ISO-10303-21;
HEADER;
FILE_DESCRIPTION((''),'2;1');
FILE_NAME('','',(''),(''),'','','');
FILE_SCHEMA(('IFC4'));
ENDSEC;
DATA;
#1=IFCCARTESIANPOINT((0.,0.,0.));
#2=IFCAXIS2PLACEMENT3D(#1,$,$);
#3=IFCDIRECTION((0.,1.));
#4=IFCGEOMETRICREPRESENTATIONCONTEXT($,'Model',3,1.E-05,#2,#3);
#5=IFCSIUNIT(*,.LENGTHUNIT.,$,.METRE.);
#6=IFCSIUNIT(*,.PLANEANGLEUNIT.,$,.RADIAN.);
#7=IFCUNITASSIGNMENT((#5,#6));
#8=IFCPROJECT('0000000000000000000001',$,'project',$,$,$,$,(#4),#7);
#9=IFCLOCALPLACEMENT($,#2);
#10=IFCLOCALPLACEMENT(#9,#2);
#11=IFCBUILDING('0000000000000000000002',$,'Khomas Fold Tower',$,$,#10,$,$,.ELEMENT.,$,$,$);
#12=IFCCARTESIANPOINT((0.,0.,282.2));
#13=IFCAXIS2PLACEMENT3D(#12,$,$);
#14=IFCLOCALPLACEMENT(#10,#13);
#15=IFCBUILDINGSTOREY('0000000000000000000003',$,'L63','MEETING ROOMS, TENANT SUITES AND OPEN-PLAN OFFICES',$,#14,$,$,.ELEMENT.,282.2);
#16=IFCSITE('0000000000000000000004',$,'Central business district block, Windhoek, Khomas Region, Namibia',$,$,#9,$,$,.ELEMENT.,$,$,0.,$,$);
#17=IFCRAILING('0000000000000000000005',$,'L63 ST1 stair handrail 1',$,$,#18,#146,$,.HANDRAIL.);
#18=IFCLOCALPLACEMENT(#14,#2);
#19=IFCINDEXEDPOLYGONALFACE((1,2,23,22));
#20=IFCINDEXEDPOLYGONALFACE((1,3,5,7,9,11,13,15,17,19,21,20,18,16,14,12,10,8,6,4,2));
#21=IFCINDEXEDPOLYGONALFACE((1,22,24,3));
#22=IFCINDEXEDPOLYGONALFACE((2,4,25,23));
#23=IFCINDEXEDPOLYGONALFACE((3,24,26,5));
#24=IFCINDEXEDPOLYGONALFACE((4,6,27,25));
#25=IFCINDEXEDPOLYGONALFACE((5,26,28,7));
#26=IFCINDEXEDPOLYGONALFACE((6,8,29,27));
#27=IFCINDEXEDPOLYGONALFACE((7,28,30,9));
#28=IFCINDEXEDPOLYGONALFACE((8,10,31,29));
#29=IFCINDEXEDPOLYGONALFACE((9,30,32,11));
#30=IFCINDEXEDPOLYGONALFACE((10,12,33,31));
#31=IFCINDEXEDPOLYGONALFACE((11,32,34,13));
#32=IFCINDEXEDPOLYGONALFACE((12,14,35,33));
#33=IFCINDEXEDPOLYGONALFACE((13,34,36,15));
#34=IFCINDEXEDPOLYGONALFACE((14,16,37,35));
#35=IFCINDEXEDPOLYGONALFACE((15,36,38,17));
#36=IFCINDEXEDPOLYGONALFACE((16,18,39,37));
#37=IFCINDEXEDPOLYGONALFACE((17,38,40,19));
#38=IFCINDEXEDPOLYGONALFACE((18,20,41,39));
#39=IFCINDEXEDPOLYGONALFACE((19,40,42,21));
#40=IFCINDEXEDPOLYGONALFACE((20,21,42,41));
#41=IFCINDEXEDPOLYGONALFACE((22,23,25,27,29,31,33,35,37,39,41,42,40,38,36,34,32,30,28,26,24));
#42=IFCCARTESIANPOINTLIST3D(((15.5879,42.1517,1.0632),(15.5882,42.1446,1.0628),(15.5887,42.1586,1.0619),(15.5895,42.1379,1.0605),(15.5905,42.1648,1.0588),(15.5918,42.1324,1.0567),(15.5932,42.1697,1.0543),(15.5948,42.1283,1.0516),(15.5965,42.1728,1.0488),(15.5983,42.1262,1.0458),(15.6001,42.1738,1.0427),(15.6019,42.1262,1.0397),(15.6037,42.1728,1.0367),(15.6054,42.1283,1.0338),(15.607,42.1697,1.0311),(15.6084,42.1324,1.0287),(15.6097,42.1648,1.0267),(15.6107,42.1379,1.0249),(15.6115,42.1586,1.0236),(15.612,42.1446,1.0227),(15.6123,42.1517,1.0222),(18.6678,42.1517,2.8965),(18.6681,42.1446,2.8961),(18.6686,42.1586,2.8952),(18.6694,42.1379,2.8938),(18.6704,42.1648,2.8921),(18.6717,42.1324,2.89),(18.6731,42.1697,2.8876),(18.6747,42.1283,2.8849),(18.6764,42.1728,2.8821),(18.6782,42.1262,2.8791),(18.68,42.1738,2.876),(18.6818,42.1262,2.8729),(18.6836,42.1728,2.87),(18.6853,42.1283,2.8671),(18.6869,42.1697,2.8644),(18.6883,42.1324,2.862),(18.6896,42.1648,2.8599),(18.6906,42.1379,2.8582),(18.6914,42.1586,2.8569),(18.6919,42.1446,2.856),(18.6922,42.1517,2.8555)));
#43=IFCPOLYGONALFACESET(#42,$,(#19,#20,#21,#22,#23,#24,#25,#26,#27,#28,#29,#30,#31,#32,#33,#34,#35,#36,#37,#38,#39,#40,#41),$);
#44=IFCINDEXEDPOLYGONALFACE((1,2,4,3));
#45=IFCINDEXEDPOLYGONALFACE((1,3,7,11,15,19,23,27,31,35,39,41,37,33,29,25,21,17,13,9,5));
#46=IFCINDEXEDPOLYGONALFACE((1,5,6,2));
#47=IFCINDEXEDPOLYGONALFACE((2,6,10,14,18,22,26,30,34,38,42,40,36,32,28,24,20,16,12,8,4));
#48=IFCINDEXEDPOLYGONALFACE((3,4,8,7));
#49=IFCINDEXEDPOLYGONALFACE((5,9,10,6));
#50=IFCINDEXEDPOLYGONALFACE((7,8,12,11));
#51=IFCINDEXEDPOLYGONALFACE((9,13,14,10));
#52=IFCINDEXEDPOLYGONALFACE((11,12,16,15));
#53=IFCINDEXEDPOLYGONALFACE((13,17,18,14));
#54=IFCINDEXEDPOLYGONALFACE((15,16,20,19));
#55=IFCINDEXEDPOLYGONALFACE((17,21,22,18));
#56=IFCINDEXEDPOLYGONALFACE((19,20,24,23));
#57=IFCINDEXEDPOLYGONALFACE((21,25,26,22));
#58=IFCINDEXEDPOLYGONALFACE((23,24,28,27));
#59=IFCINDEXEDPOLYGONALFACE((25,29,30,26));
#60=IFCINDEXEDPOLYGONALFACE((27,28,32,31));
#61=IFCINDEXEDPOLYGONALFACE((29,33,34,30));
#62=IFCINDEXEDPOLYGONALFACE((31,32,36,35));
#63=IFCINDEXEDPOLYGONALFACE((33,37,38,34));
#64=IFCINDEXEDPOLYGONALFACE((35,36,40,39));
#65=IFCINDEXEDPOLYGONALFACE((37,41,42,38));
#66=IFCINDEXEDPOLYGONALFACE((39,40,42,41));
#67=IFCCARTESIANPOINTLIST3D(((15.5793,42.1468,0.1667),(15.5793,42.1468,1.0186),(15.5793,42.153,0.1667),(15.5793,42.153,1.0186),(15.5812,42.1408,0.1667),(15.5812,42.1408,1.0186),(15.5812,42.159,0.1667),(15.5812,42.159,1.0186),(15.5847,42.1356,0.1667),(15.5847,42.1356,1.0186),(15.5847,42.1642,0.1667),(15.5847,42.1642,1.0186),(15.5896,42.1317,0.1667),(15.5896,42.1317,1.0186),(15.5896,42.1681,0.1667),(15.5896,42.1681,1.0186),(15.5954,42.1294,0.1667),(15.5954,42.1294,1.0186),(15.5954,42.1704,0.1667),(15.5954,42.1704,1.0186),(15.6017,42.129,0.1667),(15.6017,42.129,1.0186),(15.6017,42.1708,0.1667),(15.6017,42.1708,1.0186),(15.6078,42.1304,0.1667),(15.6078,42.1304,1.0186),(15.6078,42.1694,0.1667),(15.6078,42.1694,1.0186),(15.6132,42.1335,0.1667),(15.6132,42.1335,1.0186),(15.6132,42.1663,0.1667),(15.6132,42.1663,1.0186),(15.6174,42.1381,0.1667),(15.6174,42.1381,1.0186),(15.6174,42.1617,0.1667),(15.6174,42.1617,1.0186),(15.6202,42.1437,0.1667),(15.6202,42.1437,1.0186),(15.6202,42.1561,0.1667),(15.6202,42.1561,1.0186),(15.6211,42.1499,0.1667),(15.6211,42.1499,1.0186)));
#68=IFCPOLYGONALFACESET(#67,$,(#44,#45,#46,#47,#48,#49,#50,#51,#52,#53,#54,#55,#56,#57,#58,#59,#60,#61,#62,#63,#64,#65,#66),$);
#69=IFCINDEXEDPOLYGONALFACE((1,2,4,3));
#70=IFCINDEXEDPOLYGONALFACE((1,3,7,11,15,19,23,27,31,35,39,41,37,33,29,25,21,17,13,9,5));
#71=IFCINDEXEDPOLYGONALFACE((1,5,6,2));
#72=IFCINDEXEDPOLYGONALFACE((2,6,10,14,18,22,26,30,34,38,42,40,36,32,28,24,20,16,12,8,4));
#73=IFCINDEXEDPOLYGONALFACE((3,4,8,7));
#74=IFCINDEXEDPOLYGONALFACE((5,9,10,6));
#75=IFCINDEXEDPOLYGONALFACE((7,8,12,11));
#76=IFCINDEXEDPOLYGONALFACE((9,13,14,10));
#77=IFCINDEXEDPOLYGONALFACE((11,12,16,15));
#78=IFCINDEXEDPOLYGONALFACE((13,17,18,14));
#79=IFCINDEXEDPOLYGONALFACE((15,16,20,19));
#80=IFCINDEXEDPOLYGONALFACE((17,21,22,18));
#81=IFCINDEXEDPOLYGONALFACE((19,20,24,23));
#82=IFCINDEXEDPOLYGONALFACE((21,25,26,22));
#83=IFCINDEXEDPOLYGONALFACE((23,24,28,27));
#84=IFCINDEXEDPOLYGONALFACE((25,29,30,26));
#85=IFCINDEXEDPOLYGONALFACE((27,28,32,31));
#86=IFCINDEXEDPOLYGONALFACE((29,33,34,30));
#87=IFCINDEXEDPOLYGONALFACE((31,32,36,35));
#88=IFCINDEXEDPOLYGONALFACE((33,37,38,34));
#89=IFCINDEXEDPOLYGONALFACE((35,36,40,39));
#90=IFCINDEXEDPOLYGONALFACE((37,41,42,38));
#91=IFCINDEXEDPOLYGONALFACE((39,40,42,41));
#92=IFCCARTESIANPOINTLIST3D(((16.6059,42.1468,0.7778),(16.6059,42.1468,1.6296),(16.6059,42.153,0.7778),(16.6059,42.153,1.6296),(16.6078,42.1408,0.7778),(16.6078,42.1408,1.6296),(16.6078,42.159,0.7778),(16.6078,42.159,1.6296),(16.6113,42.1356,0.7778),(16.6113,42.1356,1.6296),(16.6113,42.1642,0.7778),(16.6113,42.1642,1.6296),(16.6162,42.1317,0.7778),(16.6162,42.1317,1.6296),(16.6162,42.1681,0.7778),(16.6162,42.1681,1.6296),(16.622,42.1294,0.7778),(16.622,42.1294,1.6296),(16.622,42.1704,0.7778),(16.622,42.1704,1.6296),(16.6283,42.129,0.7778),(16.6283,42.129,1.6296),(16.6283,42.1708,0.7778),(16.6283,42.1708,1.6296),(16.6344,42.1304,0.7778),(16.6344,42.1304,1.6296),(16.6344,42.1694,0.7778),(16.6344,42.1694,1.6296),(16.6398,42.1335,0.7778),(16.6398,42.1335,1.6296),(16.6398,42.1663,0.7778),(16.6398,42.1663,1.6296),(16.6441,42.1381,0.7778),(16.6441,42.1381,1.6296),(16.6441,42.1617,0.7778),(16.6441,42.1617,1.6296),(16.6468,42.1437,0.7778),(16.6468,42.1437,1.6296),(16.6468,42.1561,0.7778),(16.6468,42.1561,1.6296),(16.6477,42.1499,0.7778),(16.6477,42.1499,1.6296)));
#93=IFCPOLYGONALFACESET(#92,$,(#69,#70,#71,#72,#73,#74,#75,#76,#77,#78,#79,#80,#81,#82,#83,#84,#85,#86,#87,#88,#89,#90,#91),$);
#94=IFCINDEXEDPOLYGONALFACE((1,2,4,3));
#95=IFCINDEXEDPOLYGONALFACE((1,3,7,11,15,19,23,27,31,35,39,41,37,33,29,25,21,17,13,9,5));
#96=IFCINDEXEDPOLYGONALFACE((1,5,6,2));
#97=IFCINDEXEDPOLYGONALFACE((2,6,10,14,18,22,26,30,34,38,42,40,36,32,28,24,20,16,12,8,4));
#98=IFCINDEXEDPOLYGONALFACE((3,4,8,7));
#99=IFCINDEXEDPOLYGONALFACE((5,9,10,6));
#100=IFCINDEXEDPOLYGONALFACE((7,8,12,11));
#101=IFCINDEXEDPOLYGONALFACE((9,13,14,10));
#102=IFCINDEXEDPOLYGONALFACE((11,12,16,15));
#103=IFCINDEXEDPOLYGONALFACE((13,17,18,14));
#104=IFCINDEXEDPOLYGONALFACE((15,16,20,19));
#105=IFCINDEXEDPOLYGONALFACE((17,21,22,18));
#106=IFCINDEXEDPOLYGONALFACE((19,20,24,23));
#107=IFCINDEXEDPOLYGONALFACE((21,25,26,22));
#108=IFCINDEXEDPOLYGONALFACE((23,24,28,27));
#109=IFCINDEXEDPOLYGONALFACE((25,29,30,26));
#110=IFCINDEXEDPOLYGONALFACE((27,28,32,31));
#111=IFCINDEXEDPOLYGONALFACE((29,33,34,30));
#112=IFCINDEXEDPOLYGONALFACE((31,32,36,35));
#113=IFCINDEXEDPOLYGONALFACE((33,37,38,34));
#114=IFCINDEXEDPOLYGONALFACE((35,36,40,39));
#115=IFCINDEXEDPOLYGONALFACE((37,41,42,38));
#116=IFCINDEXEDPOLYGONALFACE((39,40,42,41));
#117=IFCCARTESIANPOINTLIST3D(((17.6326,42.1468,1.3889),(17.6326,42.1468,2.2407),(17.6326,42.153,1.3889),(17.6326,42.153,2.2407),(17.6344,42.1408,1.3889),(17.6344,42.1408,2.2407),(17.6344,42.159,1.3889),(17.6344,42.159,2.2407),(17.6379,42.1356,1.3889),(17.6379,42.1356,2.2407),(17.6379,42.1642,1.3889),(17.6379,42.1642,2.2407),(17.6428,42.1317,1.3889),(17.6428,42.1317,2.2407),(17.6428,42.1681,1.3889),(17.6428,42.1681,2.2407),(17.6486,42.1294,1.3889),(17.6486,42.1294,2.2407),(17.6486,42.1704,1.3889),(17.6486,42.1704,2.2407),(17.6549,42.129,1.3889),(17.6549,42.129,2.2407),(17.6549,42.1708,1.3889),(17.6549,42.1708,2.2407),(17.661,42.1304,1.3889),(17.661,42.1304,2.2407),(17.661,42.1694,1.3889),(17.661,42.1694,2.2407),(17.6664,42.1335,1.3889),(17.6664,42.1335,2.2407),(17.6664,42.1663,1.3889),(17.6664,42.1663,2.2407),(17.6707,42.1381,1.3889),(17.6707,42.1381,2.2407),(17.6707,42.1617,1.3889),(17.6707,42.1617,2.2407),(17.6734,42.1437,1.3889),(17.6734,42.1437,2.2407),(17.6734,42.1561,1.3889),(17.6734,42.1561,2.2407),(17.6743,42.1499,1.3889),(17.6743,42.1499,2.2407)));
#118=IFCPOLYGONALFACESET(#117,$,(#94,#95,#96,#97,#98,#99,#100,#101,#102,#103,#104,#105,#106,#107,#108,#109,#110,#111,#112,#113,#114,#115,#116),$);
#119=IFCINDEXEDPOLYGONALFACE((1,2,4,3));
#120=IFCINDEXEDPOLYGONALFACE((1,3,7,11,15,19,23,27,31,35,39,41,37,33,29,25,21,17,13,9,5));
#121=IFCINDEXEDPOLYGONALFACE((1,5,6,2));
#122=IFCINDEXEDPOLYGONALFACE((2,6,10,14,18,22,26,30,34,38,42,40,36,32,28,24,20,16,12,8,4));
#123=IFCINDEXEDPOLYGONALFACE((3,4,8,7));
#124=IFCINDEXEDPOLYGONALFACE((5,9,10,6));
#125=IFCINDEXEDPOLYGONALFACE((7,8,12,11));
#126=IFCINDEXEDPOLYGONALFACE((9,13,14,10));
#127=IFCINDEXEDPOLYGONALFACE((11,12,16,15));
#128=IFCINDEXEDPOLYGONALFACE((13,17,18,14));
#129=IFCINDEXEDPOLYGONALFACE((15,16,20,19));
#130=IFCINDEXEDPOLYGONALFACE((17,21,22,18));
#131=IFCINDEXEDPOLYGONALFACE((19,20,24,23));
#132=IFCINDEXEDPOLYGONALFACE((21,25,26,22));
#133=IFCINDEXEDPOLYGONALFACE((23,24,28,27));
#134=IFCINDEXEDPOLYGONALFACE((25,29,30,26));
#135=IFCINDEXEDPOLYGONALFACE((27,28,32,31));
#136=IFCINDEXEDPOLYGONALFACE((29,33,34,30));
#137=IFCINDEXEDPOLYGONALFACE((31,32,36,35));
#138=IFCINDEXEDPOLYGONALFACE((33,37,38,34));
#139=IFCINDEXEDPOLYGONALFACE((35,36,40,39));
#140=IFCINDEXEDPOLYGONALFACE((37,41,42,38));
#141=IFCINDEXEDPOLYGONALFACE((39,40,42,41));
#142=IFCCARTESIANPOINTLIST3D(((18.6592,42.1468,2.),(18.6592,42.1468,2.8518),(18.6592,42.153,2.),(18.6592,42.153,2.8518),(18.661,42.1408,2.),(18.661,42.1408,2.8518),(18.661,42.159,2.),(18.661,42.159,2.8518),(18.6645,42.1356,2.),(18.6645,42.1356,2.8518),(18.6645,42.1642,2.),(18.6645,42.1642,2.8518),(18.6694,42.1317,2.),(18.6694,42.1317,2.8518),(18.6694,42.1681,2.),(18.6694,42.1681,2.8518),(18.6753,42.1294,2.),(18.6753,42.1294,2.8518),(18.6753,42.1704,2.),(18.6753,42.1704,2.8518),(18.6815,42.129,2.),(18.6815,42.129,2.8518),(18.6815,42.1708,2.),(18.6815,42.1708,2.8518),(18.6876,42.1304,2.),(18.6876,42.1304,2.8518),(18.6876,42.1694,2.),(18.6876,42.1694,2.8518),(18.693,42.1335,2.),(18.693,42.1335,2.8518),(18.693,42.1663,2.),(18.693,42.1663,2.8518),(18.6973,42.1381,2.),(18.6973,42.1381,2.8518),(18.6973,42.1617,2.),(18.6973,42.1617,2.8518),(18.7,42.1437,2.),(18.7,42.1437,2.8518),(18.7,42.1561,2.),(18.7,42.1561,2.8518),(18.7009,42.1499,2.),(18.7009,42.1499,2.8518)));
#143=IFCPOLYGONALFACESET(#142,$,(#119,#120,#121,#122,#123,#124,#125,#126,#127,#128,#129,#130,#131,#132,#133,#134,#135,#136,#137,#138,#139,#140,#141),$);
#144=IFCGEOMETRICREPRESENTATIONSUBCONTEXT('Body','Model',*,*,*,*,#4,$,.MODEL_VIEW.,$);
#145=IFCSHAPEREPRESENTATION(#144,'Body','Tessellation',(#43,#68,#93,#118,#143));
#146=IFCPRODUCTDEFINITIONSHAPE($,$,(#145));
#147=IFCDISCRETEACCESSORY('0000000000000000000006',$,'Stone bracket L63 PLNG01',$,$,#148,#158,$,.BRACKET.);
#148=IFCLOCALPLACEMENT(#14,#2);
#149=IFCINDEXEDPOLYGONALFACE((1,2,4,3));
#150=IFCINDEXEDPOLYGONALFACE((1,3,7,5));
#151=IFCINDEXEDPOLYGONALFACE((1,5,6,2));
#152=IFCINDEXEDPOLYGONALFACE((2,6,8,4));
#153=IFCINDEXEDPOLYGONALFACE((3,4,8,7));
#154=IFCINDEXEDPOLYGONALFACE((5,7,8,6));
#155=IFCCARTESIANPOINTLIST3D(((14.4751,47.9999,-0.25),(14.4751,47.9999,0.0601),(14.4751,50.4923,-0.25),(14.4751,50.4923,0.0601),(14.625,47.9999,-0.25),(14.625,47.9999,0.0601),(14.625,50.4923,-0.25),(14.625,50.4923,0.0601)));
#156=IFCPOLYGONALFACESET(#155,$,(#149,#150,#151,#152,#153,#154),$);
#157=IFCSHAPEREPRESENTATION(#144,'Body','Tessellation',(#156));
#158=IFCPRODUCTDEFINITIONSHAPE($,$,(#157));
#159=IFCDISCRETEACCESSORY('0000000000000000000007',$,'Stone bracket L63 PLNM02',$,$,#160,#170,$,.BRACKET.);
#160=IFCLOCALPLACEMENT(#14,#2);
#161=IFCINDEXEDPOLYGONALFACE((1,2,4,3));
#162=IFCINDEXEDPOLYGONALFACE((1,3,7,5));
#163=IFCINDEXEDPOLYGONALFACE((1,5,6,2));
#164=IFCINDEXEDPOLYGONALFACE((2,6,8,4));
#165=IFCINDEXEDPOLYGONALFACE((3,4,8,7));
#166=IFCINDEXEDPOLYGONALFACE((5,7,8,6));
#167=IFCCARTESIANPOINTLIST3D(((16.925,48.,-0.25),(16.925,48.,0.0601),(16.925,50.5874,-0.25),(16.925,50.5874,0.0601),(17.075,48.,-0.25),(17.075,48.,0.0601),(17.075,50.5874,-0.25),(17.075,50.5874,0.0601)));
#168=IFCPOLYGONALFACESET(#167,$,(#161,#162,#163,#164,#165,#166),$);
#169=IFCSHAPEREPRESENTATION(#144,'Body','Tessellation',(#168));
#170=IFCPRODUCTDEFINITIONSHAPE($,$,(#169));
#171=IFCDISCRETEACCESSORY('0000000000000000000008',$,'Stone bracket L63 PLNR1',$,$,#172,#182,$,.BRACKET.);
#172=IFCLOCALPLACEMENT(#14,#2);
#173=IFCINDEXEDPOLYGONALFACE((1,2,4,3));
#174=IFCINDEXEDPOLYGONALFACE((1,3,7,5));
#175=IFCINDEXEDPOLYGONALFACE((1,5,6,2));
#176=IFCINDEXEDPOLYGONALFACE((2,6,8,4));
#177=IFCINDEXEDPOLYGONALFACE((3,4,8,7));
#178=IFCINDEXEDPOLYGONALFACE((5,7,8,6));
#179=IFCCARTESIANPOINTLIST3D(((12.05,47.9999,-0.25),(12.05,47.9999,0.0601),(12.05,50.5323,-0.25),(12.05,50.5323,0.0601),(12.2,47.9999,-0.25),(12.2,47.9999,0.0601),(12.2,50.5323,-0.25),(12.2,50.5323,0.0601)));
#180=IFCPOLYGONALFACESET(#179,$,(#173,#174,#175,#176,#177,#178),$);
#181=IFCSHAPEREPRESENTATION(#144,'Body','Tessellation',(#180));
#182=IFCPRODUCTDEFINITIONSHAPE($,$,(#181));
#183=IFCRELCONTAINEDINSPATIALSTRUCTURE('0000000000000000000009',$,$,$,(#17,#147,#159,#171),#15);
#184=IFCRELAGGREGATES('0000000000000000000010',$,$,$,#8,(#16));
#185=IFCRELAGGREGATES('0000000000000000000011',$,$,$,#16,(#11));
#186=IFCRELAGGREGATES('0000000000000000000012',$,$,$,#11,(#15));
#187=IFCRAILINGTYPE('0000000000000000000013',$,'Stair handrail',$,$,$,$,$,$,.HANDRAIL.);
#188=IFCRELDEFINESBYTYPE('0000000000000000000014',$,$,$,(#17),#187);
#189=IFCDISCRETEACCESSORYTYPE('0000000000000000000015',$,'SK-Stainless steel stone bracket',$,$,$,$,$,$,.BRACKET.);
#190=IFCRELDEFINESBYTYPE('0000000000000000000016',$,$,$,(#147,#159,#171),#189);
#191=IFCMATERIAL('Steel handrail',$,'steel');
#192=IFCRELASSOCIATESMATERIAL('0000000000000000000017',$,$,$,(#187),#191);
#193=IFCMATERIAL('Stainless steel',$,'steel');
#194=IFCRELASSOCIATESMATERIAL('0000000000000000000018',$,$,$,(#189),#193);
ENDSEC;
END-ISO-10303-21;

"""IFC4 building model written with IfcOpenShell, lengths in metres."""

from ifc_helpers import new_model, si_unit, direction, frame, origin, origin_2d, place, context, subcontext, project, spatial, rectangle, circle, extrude, source, transform, mapped, material, type_object, element, save


model = new_model("IFC4")

# Units and contexts
model_context = context("Model", 3, precision=1e-05, world=origin(), true_north=direction((0.0, 1.0)))
body_context = subcontext(model_context, "Body", "Model", "MODEL_VIEW")
ifc_project = project(units=[si_unit("LENGTHUNIT", "METRE"), si_unit("PLANEANGLEUNIT", "RADIAN")], contexts=[model_context])

# Site, building, storey
site_placement = place(None, origin())
site = spatial("IfcSite", under=ifc_project, at=site_placement, Name="Central business district block, Windhoek, Khomas Region, Namibia", CompositionType="ELEMENT", RefElevation=0.0)
building_placement = place(site_placement, origin())
building = spatial("IfcBuilding", under=site, at=building_placement, Name="Khomas Fold Tower", CompositionType="ELEMENT")
storey_placement = place(building_placement, frame((0.0, 0.0, 282.2)))
storey = spatial("IfcBuildingStorey", under=building, at=storey_placement, Name="L63", Description="MEETING ROOMS, TENANT SUITES AND OPEN-PLAN OFFICES", CompositionType="ELEMENT", Elevation=282.2)

# Railing
ifc_material_1 = material(Name="Steel handrail", Category="steel")
railing_type_1 = type_object("IfcRailingType", Name="Stair handrail", PredefinedType="HANDRAIL", material=ifc_material_1)
shared_shape_1 = source(origin(), body_context, "Body", "SweptSolid", [
    extrude(circle(Radius=0.0239, at=origin_2d()), frame((0.0, 0.0, 0.876), z_axis=(0.859291, 0.0, 0.511487), x_axis=(0.0, 1.0, 0.0)), (0.0, 0.0, 1.0), 3.5842),
    extrude(circle(Radius=0.021, at=origin_2d()), origin(), (0.0, 0.0, 1.0), 0.8518),
    extrude(circle(Radius=0.021, at=origin_2d()), frame((1.0266, 0.0, 0.6111)), (0.0, 0.0, 1.0), 0.8518),
    extrude(circle(Radius=0.021, at=origin_2d()), frame((2.0532, 0.0, 1.2222)), (0.0, 0.0, 1.0), 0.8518),
    extrude(circle(Radius=0.021, at=origin_2d()), frame((3.0798, 0.0, 1.8333)), (0.0, 0.0, 1.0), 0.8518),
])
railing_1_placement = place(storey_placement, frame((15.6001, 42.1499, 0.1667)))
element("IfcRailing", 1, at=railing_1_placement, inside=storey, type_object=railing_type_1, Name="L63 ST1 stair handrail 1", PredefinedType="HANDRAIL", context=body_context, shape_type="MappedRepresentation", body=[
    mapped(shared_shape_1, transform((0.0, 0.0, 0.0))),
])

# Discrete accessories
ifc_material_2 = material(Name="Stainless steel", Category="steel")
discrete_accessory_type = type_object("IfcDiscreteAccessoryType", Name="SK-Stainless steel stone bracket", PredefinedType="BRACKET", material=ifc_material_2)
shared_shape_2 = source(origin(), body_context, "Body", "SweptSolid", [
    extrude(rectangle(XDim=2.4924, YDim=0.1499, at=origin_2d()), origin(), (0.0, 0.0, 1.0), 0.3101),
])
discrete_accessory_1_placement = place(storey_placement, frame((14.55, 49.2461, -0.25), z_axis=(0.0, 0.0, 1.0), x_axis=(0.0, 1.0, 0.0)))
element("IfcDiscreteAccessory", 2, at=discrete_accessory_1_placement, inside=storey, type_object=discrete_accessory_type, Name="Stone bracket L63 PLNG01", PredefinedType="BRACKET", context=body_context, shape_type="MappedRepresentation", body=[
    mapped(shared_shape_2, transform((0.0, 0.0, 0.0))),
])
shared_shape_3 = source(origin(), body_context, "Body", "SweptSolid", [
    extrude(rectangle(XDim=2.5874, YDim=0.1499, at=origin_2d()), origin(), (0.0, 0.0, 1.0), 0.3101),
])
discrete_accessory_2_placement = place(storey_placement, frame((17.0, 49.2937, -0.25), z_axis=(0.0, 0.0, 1.0), x_axis=(0.0, 1.0, 0.0)))
element("IfcDiscreteAccessory", 3, at=discrete_accessory_2_placement, inside=storey, type_object=discrete_accessory_type, Name="Stone bracket L63 PLNM02", PredefinedType="BRACKET", context=body_context, shape_type="MappedRepresentation", body=[
    mapped(shared_shape_3, transform((0.0, 0.0, 0.0))),
])
shared_shape_4 = source(origin(), body_context, "Body", "SweptSolid", [
    extrude(rectangle(XDim=2.5325, YDim=0.1499, at=origin_2d()), origin(), (0.0, 0.0, 1.0), 0.3101),
])
discrete_accessory_3_placement = place(storey_placement, frame((12.125, 49.2661, -0.25), z_axis=(0.0, 0.0, 1.0), x_axis=(0.0, 1.0, 0.0)))
element("IfcDiscreteAccessory", 4, at=discrete_accessory_3_placement, inside=storey, type_object=discrete_accessory_type, Name="Stone bracket L63 PLNR1", PredefinedType="BRACKET", context=body_context, shape_type="MappedRepresentation", body=[
    mapped(shared_shape_4, transform((0.0, 0.0, 0.0))),
])

save(model, "model.ifc")
